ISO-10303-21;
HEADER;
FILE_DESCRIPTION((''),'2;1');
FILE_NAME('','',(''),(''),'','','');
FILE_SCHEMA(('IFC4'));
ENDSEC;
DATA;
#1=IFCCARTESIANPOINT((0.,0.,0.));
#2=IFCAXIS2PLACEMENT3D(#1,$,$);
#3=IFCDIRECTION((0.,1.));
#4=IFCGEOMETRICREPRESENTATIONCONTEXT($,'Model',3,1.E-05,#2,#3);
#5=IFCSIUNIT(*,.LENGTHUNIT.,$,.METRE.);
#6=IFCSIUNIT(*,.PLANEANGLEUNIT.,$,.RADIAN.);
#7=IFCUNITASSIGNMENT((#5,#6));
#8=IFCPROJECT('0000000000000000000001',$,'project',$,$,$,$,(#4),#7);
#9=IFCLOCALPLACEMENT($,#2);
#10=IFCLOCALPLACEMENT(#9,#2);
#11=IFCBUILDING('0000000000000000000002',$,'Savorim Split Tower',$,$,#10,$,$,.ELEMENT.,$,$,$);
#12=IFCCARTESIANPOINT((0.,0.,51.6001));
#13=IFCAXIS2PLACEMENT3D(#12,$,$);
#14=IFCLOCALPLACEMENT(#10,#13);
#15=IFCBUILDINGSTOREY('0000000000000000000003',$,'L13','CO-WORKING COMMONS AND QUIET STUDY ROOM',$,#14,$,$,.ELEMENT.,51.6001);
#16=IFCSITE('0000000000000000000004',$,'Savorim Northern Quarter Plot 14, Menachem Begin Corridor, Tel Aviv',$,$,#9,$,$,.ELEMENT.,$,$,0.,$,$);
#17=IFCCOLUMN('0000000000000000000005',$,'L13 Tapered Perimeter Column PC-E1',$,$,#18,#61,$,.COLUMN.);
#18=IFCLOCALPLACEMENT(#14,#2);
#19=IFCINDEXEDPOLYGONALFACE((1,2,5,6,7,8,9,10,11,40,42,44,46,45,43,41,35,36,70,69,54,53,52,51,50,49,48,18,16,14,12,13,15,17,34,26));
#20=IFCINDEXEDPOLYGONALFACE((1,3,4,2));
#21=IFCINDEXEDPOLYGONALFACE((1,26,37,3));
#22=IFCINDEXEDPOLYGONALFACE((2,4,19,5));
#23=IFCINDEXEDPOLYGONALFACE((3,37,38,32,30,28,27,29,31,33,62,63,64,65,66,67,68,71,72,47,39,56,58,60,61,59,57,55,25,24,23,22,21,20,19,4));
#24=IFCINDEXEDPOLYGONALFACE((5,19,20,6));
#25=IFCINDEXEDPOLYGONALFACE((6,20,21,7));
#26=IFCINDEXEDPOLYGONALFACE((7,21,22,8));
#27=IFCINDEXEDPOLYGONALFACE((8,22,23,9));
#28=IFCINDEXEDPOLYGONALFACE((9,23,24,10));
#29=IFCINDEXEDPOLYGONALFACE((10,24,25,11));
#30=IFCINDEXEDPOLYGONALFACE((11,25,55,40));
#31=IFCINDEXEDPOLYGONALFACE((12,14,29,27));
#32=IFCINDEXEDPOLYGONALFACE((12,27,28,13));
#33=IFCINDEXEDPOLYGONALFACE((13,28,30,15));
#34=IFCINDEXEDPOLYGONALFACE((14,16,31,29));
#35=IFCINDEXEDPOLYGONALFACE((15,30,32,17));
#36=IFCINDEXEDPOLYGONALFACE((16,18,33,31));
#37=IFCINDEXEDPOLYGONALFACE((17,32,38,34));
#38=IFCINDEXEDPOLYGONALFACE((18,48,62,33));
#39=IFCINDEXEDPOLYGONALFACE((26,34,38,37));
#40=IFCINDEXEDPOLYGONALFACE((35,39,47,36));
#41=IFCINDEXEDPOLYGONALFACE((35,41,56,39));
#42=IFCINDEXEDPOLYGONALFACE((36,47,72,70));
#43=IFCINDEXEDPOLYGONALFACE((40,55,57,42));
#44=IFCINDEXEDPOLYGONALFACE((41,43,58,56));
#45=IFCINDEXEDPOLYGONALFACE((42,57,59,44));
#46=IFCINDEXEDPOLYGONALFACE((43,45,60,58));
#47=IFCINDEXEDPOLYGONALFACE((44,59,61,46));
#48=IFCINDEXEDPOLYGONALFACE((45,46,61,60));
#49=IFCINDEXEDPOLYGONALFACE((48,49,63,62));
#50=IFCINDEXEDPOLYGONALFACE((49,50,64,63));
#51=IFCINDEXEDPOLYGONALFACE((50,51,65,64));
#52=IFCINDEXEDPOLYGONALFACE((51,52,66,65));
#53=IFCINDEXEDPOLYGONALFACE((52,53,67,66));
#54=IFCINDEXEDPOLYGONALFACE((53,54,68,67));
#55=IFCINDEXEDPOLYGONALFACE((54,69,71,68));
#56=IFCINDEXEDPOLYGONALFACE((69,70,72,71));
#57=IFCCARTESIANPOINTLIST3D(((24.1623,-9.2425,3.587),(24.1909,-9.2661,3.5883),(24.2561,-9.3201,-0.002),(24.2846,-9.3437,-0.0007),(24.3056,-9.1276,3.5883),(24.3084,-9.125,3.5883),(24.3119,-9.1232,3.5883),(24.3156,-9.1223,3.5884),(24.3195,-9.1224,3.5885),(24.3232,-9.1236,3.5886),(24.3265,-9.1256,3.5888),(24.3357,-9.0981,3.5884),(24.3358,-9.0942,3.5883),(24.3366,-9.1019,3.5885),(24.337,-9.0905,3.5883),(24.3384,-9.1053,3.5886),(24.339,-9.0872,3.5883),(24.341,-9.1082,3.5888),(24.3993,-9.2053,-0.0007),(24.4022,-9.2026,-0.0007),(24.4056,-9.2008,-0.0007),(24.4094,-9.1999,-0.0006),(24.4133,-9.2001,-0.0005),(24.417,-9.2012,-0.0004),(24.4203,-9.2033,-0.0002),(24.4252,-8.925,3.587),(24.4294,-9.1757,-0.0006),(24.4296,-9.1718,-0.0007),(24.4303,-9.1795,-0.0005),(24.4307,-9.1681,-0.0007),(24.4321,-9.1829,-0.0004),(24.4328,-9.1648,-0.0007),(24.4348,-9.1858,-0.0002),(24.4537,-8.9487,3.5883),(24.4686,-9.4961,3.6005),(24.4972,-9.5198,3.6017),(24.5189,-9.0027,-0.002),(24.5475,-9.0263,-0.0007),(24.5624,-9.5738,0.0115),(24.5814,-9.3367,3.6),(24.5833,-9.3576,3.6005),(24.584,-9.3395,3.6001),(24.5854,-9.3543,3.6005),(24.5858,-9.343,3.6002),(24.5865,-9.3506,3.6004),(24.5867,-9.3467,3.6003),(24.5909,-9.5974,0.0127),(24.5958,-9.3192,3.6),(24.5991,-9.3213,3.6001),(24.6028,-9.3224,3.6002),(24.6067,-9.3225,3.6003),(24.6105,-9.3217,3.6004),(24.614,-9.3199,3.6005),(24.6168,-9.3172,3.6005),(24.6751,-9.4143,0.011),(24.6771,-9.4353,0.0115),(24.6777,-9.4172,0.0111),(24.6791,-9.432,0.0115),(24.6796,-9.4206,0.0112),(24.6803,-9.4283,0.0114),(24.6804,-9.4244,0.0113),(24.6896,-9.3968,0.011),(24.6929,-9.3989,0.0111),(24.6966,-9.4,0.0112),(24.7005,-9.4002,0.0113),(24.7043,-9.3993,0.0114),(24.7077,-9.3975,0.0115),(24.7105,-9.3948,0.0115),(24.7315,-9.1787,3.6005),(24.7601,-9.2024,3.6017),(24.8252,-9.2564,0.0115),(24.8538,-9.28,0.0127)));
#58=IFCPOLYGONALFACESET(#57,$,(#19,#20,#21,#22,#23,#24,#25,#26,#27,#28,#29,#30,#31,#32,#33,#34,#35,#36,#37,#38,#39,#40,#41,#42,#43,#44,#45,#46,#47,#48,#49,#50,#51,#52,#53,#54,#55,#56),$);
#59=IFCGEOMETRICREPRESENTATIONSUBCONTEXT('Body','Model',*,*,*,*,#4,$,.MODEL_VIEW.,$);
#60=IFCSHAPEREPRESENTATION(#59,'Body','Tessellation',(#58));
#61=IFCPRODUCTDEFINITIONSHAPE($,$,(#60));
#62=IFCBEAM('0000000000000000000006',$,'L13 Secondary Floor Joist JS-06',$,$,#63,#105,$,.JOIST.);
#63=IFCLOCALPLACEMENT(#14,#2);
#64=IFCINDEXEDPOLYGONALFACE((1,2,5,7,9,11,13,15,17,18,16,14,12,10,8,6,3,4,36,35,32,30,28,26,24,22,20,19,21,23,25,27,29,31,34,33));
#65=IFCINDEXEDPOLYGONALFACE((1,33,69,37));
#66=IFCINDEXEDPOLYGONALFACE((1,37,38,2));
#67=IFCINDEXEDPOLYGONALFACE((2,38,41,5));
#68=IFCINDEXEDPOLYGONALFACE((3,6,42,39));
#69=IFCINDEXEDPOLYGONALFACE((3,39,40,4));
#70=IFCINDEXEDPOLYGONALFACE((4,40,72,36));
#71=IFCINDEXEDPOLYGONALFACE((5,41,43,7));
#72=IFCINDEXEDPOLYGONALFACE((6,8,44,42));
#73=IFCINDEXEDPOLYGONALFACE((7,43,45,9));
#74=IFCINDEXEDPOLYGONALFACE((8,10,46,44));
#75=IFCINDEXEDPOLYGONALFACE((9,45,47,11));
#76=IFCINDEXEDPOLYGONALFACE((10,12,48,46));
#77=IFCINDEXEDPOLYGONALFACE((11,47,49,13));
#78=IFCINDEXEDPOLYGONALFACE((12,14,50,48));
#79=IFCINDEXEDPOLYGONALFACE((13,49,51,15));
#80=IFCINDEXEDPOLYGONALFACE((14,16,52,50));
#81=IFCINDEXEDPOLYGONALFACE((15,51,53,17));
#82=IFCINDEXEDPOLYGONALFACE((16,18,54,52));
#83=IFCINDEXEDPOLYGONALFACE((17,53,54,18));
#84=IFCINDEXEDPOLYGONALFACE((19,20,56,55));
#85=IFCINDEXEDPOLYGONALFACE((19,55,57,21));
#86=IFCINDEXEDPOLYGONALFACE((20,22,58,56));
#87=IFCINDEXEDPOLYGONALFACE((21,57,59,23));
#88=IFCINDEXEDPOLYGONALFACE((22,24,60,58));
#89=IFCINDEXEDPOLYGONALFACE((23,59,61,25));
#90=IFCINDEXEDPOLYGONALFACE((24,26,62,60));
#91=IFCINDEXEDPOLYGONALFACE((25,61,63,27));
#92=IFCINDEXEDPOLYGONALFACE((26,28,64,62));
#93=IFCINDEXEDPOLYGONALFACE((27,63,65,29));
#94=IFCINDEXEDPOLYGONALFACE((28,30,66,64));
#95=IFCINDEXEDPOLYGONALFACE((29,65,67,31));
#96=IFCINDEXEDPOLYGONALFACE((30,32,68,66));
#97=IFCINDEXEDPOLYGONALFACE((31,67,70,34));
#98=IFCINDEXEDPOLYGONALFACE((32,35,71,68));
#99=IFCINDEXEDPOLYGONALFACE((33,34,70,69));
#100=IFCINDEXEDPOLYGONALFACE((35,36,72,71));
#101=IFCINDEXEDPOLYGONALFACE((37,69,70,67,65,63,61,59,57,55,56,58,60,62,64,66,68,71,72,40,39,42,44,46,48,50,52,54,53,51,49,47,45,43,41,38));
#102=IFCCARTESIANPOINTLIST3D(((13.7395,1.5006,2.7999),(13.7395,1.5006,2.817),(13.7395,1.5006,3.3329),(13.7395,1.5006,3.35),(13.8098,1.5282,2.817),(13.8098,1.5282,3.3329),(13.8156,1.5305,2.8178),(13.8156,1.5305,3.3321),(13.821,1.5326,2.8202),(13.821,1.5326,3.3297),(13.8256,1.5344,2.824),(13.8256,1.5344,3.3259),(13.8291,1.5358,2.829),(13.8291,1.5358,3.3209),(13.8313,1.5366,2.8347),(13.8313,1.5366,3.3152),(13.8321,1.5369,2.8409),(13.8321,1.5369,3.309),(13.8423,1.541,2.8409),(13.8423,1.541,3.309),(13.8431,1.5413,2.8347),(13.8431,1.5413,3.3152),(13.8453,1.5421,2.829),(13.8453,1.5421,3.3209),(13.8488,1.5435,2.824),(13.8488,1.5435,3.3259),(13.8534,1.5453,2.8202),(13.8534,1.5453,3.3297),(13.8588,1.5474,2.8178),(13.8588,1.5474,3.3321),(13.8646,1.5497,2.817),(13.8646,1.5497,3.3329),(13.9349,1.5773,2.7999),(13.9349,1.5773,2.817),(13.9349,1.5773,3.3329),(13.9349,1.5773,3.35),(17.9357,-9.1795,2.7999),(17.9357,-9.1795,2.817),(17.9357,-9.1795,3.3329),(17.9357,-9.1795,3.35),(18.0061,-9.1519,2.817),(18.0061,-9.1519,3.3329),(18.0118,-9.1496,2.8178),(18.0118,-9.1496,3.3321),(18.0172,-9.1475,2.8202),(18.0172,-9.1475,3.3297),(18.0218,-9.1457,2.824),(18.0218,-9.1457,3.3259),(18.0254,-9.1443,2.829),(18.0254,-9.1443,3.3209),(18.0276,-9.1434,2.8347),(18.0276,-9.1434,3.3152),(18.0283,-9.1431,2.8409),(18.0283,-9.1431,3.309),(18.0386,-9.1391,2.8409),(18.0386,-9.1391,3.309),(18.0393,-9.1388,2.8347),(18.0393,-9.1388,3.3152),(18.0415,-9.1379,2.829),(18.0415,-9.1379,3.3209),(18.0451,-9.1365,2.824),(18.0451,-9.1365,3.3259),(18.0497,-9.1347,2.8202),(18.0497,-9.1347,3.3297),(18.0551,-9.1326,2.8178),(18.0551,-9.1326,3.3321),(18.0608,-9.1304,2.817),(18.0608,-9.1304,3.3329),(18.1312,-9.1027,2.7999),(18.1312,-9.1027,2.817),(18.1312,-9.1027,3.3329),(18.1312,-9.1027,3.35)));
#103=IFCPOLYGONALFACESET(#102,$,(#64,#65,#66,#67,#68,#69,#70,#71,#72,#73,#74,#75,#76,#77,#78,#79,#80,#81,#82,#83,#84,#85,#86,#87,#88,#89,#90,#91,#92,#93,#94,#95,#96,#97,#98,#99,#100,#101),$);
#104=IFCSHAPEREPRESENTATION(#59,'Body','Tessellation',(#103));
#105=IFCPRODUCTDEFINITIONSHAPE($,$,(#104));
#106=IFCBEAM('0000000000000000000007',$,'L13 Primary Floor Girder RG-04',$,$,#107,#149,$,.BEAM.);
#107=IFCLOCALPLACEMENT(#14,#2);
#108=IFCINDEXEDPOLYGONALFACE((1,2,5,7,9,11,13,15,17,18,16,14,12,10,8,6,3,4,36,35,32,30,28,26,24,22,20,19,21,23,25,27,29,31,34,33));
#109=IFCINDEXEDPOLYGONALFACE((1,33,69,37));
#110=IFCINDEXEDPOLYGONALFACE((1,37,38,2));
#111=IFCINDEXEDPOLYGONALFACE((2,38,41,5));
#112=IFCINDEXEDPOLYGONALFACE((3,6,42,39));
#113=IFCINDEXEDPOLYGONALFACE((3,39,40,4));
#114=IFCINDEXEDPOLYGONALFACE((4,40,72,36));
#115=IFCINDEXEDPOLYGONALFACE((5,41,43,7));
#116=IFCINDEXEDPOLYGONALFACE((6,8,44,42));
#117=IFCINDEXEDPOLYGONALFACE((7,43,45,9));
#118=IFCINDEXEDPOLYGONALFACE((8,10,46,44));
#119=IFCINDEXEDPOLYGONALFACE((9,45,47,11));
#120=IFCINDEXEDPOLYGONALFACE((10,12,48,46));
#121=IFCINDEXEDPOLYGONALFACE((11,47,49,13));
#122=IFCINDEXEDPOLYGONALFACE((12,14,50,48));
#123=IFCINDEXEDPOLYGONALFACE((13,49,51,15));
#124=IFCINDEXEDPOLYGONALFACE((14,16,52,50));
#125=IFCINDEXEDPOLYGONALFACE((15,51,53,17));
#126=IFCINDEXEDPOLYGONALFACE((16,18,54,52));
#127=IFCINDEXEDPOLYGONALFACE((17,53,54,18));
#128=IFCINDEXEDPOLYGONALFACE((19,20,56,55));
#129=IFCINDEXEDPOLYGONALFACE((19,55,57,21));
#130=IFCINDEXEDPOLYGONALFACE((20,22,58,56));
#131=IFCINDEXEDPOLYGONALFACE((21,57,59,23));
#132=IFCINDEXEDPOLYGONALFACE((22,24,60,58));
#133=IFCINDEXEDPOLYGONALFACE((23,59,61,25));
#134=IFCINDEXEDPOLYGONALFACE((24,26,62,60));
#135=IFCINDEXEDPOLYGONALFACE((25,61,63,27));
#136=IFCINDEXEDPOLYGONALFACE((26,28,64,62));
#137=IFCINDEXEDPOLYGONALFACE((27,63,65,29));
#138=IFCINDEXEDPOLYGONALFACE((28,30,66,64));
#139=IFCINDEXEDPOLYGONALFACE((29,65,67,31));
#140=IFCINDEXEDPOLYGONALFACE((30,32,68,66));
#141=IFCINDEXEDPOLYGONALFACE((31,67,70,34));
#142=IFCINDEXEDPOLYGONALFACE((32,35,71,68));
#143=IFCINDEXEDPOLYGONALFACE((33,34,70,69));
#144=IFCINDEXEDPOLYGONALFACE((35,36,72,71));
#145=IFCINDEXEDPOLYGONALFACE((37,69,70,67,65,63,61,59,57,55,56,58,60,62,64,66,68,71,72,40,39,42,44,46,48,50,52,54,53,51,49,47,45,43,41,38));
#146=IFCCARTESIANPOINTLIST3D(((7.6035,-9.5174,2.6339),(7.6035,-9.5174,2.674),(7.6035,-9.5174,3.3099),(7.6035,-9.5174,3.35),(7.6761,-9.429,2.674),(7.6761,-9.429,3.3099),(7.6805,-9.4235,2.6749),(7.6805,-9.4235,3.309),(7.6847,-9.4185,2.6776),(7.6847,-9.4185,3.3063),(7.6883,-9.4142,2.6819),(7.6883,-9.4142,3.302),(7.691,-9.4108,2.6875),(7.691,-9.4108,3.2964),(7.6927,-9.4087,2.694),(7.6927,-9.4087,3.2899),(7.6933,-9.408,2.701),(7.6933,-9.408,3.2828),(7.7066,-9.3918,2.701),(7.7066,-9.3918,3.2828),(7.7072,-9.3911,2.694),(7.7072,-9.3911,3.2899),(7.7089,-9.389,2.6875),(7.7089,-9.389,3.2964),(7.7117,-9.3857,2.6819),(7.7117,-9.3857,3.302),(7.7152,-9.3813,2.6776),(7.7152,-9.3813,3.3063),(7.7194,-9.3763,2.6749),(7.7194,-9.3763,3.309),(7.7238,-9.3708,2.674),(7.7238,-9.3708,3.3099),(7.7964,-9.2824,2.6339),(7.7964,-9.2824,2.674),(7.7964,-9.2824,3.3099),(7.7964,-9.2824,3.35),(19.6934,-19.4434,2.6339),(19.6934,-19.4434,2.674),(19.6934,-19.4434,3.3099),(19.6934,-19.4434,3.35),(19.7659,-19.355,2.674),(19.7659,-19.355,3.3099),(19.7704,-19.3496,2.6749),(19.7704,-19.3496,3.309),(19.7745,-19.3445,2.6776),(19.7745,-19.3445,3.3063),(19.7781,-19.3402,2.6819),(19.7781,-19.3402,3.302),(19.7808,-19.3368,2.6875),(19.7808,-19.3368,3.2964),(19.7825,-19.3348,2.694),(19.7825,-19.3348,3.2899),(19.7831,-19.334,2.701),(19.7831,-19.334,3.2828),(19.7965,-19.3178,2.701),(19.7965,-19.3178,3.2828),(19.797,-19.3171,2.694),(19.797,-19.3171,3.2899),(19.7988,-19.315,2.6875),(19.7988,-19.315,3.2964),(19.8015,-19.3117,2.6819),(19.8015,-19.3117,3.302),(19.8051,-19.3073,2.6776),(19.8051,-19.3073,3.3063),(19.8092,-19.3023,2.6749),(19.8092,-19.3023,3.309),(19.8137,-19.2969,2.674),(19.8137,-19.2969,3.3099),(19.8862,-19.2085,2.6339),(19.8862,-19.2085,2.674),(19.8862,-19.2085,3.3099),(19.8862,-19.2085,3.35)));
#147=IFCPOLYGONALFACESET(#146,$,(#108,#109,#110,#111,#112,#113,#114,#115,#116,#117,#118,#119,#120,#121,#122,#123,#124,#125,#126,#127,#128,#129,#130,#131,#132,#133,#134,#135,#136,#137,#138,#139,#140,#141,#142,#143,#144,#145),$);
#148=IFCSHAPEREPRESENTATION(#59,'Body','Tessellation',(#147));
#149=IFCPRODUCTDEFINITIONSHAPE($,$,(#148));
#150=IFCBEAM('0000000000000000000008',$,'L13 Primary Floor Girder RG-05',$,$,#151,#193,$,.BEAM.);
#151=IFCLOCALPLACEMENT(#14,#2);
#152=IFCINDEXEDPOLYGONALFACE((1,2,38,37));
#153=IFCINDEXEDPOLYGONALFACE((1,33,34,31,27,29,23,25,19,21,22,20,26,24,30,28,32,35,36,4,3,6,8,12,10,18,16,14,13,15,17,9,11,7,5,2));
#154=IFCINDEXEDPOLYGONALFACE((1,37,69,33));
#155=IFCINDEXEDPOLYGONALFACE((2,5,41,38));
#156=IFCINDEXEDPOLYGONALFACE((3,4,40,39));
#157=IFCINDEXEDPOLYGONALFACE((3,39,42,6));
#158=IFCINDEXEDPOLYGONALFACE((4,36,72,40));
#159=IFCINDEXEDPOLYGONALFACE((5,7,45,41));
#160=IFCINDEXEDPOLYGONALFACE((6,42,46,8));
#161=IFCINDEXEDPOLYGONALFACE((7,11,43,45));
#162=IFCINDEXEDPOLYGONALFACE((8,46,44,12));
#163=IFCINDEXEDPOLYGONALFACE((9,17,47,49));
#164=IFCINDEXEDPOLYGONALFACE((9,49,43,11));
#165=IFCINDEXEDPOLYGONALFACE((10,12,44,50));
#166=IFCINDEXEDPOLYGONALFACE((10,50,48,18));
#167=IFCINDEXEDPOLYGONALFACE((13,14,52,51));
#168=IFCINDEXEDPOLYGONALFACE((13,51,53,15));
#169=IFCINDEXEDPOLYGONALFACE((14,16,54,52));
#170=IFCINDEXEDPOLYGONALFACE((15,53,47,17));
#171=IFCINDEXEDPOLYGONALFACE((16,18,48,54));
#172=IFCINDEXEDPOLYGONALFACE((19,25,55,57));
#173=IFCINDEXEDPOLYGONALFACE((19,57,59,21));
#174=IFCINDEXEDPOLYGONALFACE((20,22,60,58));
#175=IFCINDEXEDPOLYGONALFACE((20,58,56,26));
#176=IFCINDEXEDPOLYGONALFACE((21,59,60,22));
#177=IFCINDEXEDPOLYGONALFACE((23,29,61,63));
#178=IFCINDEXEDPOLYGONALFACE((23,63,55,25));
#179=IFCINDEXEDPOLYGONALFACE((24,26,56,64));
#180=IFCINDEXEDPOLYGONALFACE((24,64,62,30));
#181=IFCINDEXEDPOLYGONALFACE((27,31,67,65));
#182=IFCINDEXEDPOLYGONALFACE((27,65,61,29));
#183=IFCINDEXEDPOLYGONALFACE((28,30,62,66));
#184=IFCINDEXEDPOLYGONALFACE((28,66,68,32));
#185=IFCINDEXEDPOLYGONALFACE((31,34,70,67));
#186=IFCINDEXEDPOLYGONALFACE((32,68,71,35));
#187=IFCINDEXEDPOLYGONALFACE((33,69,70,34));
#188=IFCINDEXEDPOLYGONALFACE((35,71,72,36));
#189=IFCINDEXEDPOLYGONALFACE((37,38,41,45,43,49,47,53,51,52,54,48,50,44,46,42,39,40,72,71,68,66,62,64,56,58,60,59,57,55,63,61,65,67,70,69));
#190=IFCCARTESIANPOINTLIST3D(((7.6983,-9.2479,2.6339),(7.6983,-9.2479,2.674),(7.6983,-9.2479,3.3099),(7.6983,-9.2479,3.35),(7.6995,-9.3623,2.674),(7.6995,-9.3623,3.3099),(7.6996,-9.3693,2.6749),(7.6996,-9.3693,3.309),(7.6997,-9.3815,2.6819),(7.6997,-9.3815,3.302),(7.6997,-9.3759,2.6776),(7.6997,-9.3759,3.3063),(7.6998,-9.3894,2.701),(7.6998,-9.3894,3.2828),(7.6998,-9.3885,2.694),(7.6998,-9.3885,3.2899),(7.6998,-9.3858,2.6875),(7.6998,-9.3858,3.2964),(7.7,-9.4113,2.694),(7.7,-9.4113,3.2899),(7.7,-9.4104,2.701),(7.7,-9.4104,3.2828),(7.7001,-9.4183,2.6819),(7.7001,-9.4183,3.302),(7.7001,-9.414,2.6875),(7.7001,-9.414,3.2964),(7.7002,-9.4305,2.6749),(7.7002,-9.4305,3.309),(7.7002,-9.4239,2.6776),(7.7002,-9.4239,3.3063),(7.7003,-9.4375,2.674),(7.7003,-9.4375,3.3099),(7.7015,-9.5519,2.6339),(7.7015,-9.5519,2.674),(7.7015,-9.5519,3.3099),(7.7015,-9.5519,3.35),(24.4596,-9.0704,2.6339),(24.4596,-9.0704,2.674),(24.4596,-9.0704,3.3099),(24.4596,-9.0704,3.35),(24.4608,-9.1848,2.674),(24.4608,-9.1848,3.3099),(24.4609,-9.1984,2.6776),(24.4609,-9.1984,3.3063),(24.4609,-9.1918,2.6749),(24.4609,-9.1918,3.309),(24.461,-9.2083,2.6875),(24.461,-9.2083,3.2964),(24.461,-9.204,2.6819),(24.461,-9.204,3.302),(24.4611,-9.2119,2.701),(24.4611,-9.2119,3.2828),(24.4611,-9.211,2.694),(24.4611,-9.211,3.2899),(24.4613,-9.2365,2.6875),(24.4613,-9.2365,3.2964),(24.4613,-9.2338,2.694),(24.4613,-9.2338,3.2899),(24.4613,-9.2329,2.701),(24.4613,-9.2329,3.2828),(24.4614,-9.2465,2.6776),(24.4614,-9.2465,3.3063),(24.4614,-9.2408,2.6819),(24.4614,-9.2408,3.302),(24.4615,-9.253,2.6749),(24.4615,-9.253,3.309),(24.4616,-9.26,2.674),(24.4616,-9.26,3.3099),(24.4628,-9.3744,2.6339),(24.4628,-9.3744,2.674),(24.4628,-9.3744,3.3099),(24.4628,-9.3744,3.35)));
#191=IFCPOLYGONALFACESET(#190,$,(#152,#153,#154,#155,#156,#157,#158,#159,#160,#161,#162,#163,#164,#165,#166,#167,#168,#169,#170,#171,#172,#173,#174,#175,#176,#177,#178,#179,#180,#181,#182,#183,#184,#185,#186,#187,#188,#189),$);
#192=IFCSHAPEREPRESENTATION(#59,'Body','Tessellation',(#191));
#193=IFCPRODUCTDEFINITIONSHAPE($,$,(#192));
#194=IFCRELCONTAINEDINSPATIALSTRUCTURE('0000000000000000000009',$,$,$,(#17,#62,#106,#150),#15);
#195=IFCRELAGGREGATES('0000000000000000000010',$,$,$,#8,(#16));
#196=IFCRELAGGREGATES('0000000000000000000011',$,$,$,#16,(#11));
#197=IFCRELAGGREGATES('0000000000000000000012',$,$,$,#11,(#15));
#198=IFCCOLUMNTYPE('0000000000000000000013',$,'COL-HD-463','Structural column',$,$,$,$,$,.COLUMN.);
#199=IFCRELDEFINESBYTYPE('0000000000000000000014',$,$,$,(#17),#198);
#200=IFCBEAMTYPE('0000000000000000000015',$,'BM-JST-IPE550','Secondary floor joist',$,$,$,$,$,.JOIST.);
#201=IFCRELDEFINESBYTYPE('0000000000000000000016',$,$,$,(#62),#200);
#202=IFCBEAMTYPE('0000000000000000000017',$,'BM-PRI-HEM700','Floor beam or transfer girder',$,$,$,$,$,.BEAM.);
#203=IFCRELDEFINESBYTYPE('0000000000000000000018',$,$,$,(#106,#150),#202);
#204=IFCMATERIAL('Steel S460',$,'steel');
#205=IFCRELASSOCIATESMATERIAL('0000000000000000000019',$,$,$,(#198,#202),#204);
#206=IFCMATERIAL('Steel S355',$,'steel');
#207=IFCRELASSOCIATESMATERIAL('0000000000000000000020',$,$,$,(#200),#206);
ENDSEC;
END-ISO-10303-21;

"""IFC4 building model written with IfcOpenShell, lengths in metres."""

from ifc_helpers import new_model, si_unit, direction, frame, origin, origin_2d, place, context, subcontext, project, spatial, i_section, extrude, material, material_profile, profile_set, type_object, element, save


model = new_model("IFC4")

# Units and contexts
model_context = context("Model", 3, precision=1e-05, world=origin(), true_north=direction((0.0, 1.0)))
body_context = subcontext(model_context, "Body", "Model", "MODEL_VIEW")
ifc_project = project(units=[si_unit("LENGTHUNIT", "METRE"), si_unit("PLANEANGLEUNIT", "RADIAN")], contexts=[model_context])

# Site, building, storey
site_placement = place(None, origin())
site = spatial("IfcSite", under=ifc_project, at=site_placement, Name="Savorim Northern Quarter Plot 14, Menachem Begin Corridor, Tel Aviv", CompositionType="ELEMENT", RefElevation=0.0)
building_placement = place(site_placement, origin())
building = spatial("IfcBuilding", under=site, at=building_placement, Name="Savorim Split Tower", CompositionType="ELEMENT")
storey_placement = place(building_placement, frame((0.0, 0.0, 51.6001)))
storey = spatial("IfcBuildingStorey", under=building, at=storey_placement, Name="L13", Description="CO-WORKING COMMONS AND QUIET STUDY ROOM", CompositionType="ELEMENT", Elevation=51.6001)

# Column
ifc_material_1 = material(Name="Steel S460", Category="steel")
ifc_material_profile_1 = material_profile(ifc_material_1, i_section(OverallWidth=0.4121, OverallDepth=0.4351, WebThickness=0.0227, FlangeThickness=0.0371, FilletRadius=0.0149, at=origin_2d()), Name="HD 400x463")
ifc_profile_set_1 = profile_set([ifc_material_profile_1], Name="Steel S460")
column_type = type_object("IfcColumnType", Name="COL-HD-463", Description="Structural column", PredefinedType="COLUMN", material=ifc_profile_set_1)
column_placement = place(storey_placement, frame((24.5549, -9.3, 0.0054), z_axis=(-0.026106, 0.021619, 0.999425), x_axis=(-0.637814, -0.77019, 0.0)))
element("IfcColumn", 1, at=column_placement, inside=storey, type_object=column_type, Name="L13 Tapered Perimeter Column PC-E1", PredefinedType="COLUMN", context=body_context, shape_type="SweptSolid", body=[
    extrude(i_section(OverallWidth=0.4121, OverallDepth=0.4351, WebThickness=0.0227, FlangeThickness=0.0371, FilletRadius=0.0149, at=origin_2d()), origin(), (0.0, 0.0, 1.0), 3.5911),
])

# Beams
ifc_material_2 = material(Name="Steel S355", Category="steel")
ifc_material_profile_2 = material_profile(ifc_material_2, i_section(OverallWidth=0.21, OverallDepth=0.55, WebThickness=0.011, FlangeThickness=0.0171, FilletRadius=0.0239, at=origin_2d()), Name="IPE 550")
ifc_profile_set_2 = profile_set([ifc_material_profile_2], Name="Steel S355")
beam_type_1 = type_object("IfcBeamType", Name="BM-JST-IPE550", Description="Secondary floor joist", PredefinedType="JOIST", material=ifc_profile_set_2)
beam_1_placement = place(storey_placement, frame((18.0334, -9.1411, 3.075), z_axis=(-0.365691, 0.930736, 0.0), x_axis=(-0.930736, -0.365691, 0.0)))
element("IfcBeam", 2, at=beam_1_placement, inside=storey, type_object=beam_type_1, Name="L13 Secondary Floor Joist JS-06", PredefinedType="JOIST", context=body_context, shape_type="SweptSolid", body=[
    extrude(i_section(OverallWidth=0.21, OverallDepth=0.55, WebThickness=0.011, FlangeThickness=0.0171, FilletRadius=0.0239, at=origin_2d()), origin(), (0.0, 0.0, 1.0), 11.4749),
])
ifc_material_profile_3 = material_profile(ifc_material_1, i_section(OverallWidth=0.304, OverallDepth=0.7161, WebThickness=0.021, FlangeThickness=0.04, FilletRadius=0.0271, at=origin_2d()), Name="HE 700 M")
ifc_profile_set_3 = profile_set([ifc_material_profile_3], Name="Steel S460")
beam_type_2 = type_object("IfcBeamType", Name="BM-PRI-HEM700", Description="Floor beam or transfer girder", PredefinedType="BEAM", material=ifc_profile_set_3)
beam_2_placement = place(storey_placement, frame((19.7898, -19.3259, 2.9919), z_axis=(-0.77288, 0.634552, 0.0), x_axis=(-0.634552, -0.77288, 0.0)))
element("IfcBeam", 3, at=beam_2_placement, inside=storey, type_object=beam_type_2, Name="L13 Primary Floor Girder RG-04", PredefinedType="BEAM", context=body_context, shape_type="SweptSolid", body=[
    extrude(i_section(OverallWidth=0.304, OverallDepth=0.7161, WebThickness=0.021, FlangeThickness=0.04, FilletRadius=0.0271, at=origin_2d()), origin(), (0.0, 0.0, 1.0), 15.6426),
])
beam_3_placement = place(storey_placement, frame((24.4612, -9.2224, 2.9919), z_axis=(-0.999944, -0.010589, 0.0), x_axis=(0.010589, -0.999944, 0.0)))
element("IfcBeam", 4, at=beam_3_placement, inside=storey, type_object=beam_type_2, Name="L13 Primary Floor Girder RG-05", PredefinedType="BEAM", context=body_context, shape_type="SweptSolid", body=[
    extrude(i_section(OverallWidth=0.304, OverallDepth=0.7161, WebThickness=0.021, FlangeThickness=0.04, FilletRadius=0.0271, at=origin_2d()), origin(), (0.0, 0.0, 1.0), 16.7622),
])

save(model, "model.ifc")
